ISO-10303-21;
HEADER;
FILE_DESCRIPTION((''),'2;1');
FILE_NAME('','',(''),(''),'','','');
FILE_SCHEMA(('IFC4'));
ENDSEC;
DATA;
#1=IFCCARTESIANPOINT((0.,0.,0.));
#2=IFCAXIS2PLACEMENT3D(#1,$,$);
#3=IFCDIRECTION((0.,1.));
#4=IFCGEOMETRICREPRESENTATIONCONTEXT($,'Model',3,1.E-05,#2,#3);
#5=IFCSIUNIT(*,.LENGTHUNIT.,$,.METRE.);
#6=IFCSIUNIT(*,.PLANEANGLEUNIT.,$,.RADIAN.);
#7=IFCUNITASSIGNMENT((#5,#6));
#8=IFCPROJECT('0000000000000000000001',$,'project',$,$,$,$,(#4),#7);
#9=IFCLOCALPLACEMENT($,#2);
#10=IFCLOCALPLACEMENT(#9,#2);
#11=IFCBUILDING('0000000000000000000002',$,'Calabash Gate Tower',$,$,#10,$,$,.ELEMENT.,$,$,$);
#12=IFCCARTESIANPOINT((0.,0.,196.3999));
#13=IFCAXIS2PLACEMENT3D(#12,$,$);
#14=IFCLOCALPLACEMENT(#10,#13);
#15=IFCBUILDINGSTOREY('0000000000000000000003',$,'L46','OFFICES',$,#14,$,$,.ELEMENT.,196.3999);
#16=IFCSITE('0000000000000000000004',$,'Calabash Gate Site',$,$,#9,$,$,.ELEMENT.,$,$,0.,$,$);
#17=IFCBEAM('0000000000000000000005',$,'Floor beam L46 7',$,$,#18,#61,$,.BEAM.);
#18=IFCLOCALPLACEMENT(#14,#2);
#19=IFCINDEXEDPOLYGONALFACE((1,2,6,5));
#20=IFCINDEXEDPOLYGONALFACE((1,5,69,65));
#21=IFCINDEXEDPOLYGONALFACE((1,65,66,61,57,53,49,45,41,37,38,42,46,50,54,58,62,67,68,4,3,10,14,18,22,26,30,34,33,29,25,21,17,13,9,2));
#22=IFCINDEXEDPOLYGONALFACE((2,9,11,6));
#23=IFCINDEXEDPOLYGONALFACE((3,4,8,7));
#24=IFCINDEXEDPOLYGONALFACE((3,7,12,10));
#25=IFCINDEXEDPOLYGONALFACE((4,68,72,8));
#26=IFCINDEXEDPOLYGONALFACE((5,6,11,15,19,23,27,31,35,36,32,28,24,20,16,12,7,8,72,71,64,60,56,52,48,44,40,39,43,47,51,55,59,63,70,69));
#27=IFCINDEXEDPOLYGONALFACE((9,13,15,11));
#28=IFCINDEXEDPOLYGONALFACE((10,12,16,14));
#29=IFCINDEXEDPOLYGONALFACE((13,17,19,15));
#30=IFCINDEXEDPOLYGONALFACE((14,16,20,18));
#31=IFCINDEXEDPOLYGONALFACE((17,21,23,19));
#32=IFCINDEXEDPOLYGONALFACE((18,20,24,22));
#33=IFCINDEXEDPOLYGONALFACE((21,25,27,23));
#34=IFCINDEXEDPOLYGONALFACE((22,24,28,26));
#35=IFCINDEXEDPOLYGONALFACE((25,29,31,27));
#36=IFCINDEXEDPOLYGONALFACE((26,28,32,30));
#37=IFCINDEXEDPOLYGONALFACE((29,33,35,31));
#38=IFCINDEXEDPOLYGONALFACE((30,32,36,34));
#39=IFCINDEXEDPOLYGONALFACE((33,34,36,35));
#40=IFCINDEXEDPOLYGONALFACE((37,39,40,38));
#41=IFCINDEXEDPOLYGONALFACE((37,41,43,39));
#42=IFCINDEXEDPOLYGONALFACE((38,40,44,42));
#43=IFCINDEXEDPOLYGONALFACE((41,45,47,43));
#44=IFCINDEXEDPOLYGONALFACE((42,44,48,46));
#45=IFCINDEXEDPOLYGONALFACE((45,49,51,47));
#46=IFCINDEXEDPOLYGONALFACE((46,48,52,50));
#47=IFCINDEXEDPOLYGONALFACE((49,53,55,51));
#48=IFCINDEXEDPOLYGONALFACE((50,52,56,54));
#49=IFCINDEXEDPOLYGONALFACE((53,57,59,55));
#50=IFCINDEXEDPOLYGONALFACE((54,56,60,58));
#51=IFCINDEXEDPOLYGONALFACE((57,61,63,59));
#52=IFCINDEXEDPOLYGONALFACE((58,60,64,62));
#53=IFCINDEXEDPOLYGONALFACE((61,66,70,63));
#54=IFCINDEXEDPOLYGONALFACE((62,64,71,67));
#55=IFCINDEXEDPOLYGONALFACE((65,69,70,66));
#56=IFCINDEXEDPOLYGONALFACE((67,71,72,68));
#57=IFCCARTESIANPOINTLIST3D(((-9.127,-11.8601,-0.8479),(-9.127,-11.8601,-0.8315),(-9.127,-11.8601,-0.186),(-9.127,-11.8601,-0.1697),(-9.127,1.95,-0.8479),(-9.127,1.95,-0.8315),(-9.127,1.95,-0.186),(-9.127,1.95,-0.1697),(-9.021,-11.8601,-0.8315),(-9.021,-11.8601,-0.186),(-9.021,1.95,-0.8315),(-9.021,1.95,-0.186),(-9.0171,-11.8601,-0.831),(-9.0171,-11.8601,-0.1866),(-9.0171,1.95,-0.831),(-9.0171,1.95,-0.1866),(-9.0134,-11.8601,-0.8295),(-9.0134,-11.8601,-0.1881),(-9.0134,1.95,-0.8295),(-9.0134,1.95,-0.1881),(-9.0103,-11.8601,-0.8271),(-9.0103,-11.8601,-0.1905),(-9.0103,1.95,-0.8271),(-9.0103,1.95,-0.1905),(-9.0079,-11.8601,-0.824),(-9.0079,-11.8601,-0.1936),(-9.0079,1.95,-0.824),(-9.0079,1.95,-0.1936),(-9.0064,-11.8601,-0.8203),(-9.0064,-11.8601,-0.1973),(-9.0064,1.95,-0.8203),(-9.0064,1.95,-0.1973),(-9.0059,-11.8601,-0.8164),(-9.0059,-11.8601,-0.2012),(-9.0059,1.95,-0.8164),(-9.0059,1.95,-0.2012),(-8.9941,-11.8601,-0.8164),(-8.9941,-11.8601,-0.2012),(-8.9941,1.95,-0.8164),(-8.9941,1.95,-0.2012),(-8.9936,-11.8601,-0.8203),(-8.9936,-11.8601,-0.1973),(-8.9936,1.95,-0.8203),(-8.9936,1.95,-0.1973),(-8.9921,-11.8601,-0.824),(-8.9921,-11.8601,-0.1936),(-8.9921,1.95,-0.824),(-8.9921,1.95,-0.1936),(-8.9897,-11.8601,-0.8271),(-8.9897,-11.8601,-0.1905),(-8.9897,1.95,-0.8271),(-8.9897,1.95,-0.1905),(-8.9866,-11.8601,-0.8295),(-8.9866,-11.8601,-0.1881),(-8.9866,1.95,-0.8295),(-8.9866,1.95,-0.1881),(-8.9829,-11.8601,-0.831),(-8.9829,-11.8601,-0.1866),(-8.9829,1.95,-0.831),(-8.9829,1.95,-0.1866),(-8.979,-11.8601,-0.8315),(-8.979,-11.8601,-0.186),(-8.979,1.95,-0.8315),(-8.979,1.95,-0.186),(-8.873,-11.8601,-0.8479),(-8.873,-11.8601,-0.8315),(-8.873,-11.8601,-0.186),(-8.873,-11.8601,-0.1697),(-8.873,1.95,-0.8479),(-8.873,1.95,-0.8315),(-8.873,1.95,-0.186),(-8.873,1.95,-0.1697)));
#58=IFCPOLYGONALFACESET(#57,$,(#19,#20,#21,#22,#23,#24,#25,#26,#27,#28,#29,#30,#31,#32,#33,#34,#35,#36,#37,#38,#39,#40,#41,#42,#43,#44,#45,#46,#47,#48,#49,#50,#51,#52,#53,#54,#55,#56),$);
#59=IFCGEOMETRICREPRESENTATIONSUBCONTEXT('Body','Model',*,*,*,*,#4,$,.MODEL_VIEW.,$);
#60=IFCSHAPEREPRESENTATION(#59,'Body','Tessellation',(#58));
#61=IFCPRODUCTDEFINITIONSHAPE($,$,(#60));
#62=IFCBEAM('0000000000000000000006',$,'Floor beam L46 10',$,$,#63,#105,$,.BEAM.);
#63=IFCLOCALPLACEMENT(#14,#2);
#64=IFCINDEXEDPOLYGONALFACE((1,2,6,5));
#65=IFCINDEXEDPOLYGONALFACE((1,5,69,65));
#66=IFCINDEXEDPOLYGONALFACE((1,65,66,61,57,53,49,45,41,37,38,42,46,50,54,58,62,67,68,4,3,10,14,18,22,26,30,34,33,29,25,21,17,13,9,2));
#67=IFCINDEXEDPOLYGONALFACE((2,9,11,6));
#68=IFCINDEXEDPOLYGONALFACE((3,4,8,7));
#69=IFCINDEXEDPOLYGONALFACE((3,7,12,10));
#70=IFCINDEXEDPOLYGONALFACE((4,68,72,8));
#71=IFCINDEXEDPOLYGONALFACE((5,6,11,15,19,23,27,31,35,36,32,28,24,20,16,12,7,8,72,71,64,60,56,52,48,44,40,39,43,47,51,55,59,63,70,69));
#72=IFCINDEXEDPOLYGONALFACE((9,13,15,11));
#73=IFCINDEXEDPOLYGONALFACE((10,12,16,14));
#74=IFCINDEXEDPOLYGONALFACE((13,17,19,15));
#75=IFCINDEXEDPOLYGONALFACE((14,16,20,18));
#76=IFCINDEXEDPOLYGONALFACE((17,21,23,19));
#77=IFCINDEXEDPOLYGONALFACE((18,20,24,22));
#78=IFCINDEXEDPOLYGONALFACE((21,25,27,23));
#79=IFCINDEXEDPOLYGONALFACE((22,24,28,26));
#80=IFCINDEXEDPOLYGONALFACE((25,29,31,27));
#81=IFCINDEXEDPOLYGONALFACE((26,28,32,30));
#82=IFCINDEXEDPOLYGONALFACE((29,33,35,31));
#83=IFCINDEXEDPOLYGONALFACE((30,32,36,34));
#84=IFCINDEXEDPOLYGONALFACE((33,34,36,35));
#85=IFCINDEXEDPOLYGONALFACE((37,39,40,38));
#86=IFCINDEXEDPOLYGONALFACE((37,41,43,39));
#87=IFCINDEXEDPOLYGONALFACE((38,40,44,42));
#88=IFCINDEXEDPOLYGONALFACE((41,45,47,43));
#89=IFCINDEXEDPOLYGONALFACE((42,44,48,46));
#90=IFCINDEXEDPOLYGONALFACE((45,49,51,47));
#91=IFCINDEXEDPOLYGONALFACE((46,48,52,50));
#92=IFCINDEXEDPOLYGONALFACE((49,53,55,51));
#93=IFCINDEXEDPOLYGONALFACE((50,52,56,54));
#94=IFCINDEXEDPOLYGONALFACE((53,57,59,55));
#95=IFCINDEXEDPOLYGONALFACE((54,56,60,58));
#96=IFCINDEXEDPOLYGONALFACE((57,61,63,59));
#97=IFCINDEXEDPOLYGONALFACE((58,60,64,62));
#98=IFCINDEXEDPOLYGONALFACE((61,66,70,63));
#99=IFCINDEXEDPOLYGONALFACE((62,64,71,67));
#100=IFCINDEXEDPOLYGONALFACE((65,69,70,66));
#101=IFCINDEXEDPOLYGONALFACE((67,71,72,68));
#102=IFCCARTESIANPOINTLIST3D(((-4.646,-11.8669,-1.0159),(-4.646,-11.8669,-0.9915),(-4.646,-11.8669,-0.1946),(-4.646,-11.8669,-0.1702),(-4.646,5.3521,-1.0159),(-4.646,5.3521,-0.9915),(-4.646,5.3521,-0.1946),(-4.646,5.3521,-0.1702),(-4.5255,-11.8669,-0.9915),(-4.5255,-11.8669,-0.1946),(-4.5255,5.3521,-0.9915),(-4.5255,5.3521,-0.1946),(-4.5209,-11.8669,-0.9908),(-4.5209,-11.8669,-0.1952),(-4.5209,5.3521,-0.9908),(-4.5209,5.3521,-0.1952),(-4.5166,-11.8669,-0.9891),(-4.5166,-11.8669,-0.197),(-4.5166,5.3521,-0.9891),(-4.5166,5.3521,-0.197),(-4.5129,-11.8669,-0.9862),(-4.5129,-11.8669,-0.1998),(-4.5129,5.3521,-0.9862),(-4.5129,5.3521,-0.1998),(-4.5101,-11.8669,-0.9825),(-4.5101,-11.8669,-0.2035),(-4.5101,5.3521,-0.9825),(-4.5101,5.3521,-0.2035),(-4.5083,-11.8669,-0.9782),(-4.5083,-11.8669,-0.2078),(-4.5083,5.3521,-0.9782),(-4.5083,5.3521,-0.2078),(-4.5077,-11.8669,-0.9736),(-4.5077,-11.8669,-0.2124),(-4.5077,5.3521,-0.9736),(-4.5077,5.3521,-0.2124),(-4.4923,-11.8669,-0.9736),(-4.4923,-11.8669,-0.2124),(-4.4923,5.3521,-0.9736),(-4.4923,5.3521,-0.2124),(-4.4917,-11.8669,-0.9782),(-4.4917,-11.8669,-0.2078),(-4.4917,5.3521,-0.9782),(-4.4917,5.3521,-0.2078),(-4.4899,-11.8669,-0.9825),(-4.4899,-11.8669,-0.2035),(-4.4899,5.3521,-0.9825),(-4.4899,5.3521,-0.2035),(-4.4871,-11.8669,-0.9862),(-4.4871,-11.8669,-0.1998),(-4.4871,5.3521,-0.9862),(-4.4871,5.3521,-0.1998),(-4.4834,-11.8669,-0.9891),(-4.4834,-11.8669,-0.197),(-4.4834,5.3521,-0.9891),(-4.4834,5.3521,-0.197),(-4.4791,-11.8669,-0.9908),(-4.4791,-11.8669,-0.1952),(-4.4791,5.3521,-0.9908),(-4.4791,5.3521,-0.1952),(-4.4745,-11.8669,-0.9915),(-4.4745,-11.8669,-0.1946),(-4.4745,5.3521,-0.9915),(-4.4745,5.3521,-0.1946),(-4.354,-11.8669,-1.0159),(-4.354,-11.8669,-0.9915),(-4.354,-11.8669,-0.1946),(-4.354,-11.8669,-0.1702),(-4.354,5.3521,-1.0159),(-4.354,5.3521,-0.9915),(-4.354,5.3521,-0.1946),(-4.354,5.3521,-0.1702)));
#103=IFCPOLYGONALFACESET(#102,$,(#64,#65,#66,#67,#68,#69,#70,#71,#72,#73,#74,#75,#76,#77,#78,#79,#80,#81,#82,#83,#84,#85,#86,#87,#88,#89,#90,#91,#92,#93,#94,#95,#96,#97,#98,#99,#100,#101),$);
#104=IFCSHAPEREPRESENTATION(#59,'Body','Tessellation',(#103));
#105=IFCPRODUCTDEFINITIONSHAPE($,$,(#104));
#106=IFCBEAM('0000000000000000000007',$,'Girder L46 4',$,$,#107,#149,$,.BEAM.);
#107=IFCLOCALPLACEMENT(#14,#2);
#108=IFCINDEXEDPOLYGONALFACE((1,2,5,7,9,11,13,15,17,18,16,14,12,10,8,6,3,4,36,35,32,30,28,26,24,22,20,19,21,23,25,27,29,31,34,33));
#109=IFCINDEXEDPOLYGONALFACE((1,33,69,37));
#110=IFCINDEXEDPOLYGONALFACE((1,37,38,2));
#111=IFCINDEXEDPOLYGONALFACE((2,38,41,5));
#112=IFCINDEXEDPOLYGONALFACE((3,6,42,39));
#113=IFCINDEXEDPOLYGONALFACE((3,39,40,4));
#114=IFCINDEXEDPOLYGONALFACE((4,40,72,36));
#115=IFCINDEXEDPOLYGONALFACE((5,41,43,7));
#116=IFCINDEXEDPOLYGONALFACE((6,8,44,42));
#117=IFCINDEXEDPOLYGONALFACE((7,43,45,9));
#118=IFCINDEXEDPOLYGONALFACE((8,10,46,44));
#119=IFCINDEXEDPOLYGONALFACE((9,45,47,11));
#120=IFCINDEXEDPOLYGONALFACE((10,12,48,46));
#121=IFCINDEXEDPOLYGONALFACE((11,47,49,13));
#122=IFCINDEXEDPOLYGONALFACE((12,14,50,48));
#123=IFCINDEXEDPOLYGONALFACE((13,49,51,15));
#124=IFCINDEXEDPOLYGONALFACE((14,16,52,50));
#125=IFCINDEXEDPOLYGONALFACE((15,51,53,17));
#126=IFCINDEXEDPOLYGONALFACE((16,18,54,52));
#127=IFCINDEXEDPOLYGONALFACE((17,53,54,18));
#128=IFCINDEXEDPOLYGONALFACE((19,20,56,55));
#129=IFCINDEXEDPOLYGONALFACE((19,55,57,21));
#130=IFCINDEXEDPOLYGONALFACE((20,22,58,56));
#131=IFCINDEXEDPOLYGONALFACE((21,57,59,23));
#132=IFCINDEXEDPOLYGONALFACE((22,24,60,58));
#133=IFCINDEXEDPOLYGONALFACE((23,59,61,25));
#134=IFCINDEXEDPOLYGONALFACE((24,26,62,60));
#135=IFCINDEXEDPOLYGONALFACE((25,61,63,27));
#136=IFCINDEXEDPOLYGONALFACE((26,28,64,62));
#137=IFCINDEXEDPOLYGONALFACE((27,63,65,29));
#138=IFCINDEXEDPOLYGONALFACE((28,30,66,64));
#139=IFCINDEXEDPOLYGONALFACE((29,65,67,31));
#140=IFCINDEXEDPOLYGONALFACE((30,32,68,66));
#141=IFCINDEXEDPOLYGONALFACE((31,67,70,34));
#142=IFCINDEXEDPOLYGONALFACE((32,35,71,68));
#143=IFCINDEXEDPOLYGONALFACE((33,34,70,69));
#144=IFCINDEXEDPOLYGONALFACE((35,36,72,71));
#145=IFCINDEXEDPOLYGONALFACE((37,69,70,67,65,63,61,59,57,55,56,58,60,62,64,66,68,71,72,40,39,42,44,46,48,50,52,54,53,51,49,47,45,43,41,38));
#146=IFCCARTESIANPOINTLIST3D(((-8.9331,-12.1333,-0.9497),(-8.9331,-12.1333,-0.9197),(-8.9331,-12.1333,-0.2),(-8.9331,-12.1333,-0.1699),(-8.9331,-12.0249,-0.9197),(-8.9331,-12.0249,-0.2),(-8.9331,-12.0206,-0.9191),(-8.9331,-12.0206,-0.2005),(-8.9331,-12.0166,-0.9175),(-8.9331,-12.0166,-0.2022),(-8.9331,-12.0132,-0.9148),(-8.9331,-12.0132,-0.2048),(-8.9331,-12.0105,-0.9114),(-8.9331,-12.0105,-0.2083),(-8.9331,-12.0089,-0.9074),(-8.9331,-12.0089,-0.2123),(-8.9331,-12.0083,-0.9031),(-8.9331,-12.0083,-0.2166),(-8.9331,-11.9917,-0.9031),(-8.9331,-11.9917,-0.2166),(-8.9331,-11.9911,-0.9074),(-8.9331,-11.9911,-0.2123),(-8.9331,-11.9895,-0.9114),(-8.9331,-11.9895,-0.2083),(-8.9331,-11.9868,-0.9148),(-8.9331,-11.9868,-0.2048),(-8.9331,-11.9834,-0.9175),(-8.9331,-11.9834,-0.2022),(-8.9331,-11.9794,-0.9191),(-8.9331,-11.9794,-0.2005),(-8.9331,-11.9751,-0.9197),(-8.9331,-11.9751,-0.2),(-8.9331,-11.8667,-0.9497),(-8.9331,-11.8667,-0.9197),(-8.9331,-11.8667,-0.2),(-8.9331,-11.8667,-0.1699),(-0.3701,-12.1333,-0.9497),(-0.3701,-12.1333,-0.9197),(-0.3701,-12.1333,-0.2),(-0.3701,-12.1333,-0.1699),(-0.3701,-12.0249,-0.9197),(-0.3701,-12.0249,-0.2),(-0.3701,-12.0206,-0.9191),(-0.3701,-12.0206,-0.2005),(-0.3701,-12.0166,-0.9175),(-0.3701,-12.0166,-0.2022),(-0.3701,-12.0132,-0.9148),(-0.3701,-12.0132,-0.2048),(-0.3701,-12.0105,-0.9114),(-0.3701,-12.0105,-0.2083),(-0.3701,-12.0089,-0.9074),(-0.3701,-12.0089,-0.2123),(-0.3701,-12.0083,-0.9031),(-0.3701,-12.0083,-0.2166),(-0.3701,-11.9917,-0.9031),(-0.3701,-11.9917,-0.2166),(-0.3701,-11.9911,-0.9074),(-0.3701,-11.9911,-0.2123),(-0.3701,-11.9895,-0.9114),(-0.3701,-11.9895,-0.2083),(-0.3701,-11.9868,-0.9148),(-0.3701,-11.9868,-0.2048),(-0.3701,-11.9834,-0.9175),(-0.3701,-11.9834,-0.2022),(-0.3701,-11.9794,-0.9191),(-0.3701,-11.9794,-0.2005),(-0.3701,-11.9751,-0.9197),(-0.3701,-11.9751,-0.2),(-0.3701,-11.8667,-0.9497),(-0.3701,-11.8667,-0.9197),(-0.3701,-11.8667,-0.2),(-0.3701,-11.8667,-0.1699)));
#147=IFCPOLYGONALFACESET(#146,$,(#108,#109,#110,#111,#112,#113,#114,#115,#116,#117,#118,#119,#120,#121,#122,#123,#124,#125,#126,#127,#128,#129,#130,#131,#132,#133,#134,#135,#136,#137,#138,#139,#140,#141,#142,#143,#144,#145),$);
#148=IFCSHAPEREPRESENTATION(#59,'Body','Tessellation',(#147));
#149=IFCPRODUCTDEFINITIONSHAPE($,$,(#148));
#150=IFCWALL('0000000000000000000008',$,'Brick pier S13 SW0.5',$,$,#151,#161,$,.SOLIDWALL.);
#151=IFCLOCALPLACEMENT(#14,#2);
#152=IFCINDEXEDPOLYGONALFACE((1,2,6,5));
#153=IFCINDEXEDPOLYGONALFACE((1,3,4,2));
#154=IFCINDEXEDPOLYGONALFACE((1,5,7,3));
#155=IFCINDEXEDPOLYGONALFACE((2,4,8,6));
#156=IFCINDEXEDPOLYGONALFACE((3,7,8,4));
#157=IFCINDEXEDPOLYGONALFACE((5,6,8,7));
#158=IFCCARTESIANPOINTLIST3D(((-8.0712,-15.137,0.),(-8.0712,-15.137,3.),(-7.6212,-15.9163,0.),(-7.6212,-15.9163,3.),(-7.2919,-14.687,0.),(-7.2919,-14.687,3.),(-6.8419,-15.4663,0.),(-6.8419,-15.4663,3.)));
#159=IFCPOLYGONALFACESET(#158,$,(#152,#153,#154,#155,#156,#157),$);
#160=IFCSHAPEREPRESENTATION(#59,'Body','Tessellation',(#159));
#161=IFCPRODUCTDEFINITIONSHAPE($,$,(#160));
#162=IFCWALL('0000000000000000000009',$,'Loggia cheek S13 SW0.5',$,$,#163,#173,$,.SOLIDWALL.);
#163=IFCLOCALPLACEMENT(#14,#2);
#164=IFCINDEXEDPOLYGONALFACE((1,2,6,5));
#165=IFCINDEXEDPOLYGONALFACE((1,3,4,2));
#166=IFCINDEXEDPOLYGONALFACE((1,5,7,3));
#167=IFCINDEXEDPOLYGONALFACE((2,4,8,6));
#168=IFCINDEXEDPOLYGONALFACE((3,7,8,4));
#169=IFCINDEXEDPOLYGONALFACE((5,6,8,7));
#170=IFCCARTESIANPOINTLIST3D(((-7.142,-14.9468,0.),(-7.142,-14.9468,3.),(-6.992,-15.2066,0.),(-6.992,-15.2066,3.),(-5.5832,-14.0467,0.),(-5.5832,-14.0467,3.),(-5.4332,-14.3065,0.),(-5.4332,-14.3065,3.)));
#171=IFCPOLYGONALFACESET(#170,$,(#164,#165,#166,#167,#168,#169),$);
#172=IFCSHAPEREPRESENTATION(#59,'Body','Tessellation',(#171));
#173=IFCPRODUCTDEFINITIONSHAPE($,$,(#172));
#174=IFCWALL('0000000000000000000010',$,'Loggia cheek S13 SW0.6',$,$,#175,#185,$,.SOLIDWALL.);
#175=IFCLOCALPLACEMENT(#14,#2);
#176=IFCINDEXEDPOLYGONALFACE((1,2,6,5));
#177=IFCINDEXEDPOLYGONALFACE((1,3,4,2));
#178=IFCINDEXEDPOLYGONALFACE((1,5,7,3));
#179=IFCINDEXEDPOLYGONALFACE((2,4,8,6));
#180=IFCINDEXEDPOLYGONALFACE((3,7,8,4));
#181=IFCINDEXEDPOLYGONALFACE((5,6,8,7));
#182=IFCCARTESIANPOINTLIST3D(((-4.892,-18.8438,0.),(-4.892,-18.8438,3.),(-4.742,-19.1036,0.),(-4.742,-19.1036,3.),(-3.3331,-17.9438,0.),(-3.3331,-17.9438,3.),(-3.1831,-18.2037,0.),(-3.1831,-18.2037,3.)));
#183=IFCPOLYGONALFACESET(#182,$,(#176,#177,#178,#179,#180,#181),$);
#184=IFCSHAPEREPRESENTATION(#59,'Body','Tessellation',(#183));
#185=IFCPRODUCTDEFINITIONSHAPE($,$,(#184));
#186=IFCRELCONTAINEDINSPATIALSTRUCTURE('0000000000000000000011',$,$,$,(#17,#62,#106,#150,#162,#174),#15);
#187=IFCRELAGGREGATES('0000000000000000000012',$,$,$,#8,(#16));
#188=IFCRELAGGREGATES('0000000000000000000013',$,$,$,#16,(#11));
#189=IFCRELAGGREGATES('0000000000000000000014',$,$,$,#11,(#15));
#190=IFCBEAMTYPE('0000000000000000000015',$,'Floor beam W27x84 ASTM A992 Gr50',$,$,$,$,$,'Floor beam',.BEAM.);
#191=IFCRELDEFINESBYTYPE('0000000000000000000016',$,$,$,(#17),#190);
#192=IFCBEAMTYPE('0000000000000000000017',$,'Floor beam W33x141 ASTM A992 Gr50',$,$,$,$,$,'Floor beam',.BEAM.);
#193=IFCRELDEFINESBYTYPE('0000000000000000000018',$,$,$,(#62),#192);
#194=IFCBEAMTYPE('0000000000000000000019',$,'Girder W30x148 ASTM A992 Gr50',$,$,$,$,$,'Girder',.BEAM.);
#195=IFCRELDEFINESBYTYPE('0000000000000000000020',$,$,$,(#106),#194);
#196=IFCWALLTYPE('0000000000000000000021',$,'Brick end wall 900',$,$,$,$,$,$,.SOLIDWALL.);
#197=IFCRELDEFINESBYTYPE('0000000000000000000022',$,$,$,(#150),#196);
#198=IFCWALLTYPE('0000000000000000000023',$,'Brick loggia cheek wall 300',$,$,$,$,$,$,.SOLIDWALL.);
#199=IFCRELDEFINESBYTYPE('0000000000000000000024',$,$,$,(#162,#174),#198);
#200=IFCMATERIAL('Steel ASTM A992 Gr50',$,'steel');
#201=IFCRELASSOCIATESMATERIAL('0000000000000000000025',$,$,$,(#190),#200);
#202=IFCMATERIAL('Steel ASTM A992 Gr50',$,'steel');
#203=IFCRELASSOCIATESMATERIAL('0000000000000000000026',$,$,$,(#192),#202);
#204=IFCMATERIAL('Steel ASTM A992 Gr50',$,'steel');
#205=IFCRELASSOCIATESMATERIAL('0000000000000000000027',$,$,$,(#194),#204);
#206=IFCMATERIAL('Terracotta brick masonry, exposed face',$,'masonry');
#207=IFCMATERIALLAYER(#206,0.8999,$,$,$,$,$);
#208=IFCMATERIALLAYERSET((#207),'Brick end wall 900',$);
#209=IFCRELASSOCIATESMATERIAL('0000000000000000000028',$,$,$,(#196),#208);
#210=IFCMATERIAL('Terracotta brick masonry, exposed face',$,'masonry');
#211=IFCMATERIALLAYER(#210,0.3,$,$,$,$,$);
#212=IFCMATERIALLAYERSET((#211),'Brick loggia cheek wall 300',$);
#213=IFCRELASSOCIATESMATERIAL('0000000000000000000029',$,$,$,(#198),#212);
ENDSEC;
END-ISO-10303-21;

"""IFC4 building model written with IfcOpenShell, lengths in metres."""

from ifc_helpers import new_model, si_unit, direction, frame, frame_2d, origin, origin_2d, place, context, subcontext, project, spatial, rectangle, i_section, extrude, material, layer, layer_set, material_profile, profile_set, type_object, element, save


model = new_model("IFC4")

# Units and contexts
model_context = context("Model", 3, precision=1e-05, world=origin(), true_north=direction((0.0, 1.0)))
body_context = subcontext(model_context, "Body", "Model", "MODEL_VIEW")
ifc_project = project(units=[si_unit("LENGTHUNIT", "METRE"), si_unit("PLANEANGLEUNIT", "RADIAN")], contexts=[model_context])

# Site, building, storey
site_placement = place(None, origin())
site = spatial("IfcSite", under=ifc_project, at=site_placement, Name="Calabash Gate Site", CompositionType="ELEMENT", RefElevation=0.0)
building_placement = place(site_placement, origin())
building = spatial("IfcBuilding", under=site, at=building_placement, Name="Calabash Gate Tower", CompositionType="ELEMENT")
storey_placement = place(building_placement, frame((0.0, 0.0, 196.3999)))
storey = spatial("IfcBuildingStorey", under=building, at=storey_placement, Name="L46", Description="OFFICES", CompositionType="ELEMENT", Elevation=196.3999)

# Beams
ifc_material_1 = material(Name="Steel ASTM A992 Gr50", Category="steel")
ifc_material_profile_1 = material_profile(ifc_material_1, i_section(OverallWidth=0.2539, OverallDepth=0.6782, WebThickness=0.0117, FlangeThickness=0.0164, FilletRadius=0.0151, at=origin_2d()))
ifc_profile_set_1 = profile_set([ifc_material_profile_1], Name="Steel ASTM A992 Gr50")
beam_type_1 = type_object("IfcBeamType", Name="Floor beam W27x84 ASTM A992 Gr50", ElementType="Floor beam", PredefinedType="BEAM", material=ifc_profile_set_1)
beam_1_placement = place(storey_placement, frame((-9.0, -11.8601, -0.5088), z_axis=(0.0, 1.0, 0.0), x_axis=(-1.0, 0.0, 0.0)))
element("IfcBeam", 1, at=beam_1_placement, inside=storey, type_object=beam_type_1, Name="Floor beam L46 7", PredefinedType="BEAM", context=body_context, shape_type="SweptSolid", body=[
    extrude(i_section(OverallWidth=0.2539, OverallDepth=0.6782, WebThickness=0.0117, FlangeThickness=0.0164, FilletRadius=0.0151, at=origin_2d()), origin(), (0.0, 0.0, 1.0), 13.8101),
])
ifc_material_2 = material(Name="Steel ASTM A992 Gr50", Category="steel")
ifc_material_profile_2 = material_profile(ifc_material_2, i_section(OverallWidth=0.292, OverallDepth=0.8457, WebThickness=0.0154, FlangeThickness=0.0244, FilletRadius=0.0178, at=origin_2d()))
ifc_profile_set_2 = profile_set([ifc_material_profile_2], Name="Steel ASTM A992 Gr50")
beam_type_2 = type_object("IfcBeamType", Name="Floor beam W33x141 ASTM A992 Gr50", ElementType="Floor beam", PredefinedType="BEAM", material=ifc_profile_set_2)
beam_2_placement = place(storey_placement, frame((-4.5, -11.8669, -0.593), z_axis=(0.0, 1.0, 0.0), x_axis=(-1.0, 0.0, 0.0)))
element("IfcBeam", 2, at=beam_2_placement, inside=storey, type_object=beam_type_2, Name="Floor beam L46 10", PredefinedType="BEAM", context=body_context, shape_type="SweptSolid", body=[
    extrude(i_section(OverallWidth=0.292, OverallDepth=0.8457, WebThickness=0.0154, FlangeThickness=0.0244, FilletRadius=0.0178, at=origin_2d()), origin(), (0.0, 0.0, 1.0), 17.219),
])
ifc_material_3 = material(Name="Steel ASTM A992 Gr50", Category="steel")
ifc_material_profile_3 = material_profile(ifc_material_3, i_section(OverallWidth=0.2666, OverallDepth=0.7798, WebThickness=0.0166, FlangeThickness=0.03, FilletRadius=0.0166, at=origin_2d()))
ifc_profile_set_3 = profile_set([ifc_material_profile_3], Name="Steel ASTM A992 Gr50")
beam_type_3 = type_object("IfcBeamType", Name="Girder W30x148 ASTM A992 Gr50", ElementType="Girder", PredefinedType="BEAM", material=ifc_profile_set_3)
beam_3_placement = place(storey_placement, frame((-8.9331, -12.0, -0.5598), z_axis=(1.0, 0.0, 0.0), x_axis=(0.0, 1.0, 0.0)))
element("IfcBeam", 3, at=beam_3_placement, inside=storey, type_object=beam_type_3, Name="Girder L46 4", PredefinedType="BEAM", context=body_context, shape_type="SweptSolid", body=[
    extrude(i_section(OverallWidth=0.2666, OverallDepth=0.7798, WebThickness=0.0166, FlangeThickness=0.03, FilletRadius=0.0166, at=origin_2d()), origin(), (0.0, 0.0, 1.0), 8.563),
])

# Walls
ifc_material_4 = material(Name="Terracotta brick masonry, exposed face", Category="masonry")
ifc_layer_1 = layer(ifc_material_4, 0.8999)
ifc_layer_set_1 = layer_set([ifc_layer_1], Name="Brick end wall 900")
wall_type_1 = type_object("IfcWallType", Name="Brick end wall 900", PredefinedType="SOLIDWALL", material=ifc_layer_set_1)
wall_1_placement = place(storey_placement, frame((-7.0669, -15.0767, 0.0), z_axis=(0.0, 0.0, 1.0), x_axis=(-0.866014, -0.50002, 0.0)))
element("IfcWall", 4, at=wall_1_placement, inside=storey, type_object=wall_type_1, Name="Brick pier S13 SW0.5", PredefinedType="SOLIDWALL", context=body_context, shape_type="SweptSolid", body=[
    extrude(rectangle(XDim=0.8999, YDim=0.8999, at=frame_2d((0.45, 0.0))), origin(), (0.0, 0.0, 1.0), 3.0),
])
ifc_material_5 = material(Name="Terracotta brick masonry, exposed face", Category="masonry")
ifc_layer_2 = layer(ifc_material_5, 0.3)
ifc_layer_set_2 = layer_set([ifc_layer_2], Name="Brick loggia cheek wall 300")
wall_type_2 = type_object("IfcWallType", Name="Brick loggia cheek wall 300", PredefinedType="SOLIDWALL", material=ifc_layer_set_2)
for number, where, z_axis, x_axis, name in (
    (5, (-7.0669, -15.0767, 0.0), (0.0, 0.0, 1.0), (0.865989, 0.500063, 0.0), "Loggia cheek S13 SW0.5"),
    (6, (-4.8169, -18.9736, 0.0), (0.0, 0.0, 1.0), (0.866048, 0.499961, 0.0), "Loggia cheek S13 SW0.6"),
):
    element("IfcWall", number, at=place(storey_placement, frame(where, z_axis=z_axis, x_axis=x_axis)), inside=storey, type_object=wall_type_2, Name=name, PredefinedType="SOLIDWALL", context=body_context, shape_type="SweptSolid", body=[
        extrude(rectangle(XDim=1.8, YDim=0.3, at=frame_2d((0.8999, 0.0))), origin(), (0.0, 0.0, 1.0), 3.0),
    ])

save(model, "model.ifc")
